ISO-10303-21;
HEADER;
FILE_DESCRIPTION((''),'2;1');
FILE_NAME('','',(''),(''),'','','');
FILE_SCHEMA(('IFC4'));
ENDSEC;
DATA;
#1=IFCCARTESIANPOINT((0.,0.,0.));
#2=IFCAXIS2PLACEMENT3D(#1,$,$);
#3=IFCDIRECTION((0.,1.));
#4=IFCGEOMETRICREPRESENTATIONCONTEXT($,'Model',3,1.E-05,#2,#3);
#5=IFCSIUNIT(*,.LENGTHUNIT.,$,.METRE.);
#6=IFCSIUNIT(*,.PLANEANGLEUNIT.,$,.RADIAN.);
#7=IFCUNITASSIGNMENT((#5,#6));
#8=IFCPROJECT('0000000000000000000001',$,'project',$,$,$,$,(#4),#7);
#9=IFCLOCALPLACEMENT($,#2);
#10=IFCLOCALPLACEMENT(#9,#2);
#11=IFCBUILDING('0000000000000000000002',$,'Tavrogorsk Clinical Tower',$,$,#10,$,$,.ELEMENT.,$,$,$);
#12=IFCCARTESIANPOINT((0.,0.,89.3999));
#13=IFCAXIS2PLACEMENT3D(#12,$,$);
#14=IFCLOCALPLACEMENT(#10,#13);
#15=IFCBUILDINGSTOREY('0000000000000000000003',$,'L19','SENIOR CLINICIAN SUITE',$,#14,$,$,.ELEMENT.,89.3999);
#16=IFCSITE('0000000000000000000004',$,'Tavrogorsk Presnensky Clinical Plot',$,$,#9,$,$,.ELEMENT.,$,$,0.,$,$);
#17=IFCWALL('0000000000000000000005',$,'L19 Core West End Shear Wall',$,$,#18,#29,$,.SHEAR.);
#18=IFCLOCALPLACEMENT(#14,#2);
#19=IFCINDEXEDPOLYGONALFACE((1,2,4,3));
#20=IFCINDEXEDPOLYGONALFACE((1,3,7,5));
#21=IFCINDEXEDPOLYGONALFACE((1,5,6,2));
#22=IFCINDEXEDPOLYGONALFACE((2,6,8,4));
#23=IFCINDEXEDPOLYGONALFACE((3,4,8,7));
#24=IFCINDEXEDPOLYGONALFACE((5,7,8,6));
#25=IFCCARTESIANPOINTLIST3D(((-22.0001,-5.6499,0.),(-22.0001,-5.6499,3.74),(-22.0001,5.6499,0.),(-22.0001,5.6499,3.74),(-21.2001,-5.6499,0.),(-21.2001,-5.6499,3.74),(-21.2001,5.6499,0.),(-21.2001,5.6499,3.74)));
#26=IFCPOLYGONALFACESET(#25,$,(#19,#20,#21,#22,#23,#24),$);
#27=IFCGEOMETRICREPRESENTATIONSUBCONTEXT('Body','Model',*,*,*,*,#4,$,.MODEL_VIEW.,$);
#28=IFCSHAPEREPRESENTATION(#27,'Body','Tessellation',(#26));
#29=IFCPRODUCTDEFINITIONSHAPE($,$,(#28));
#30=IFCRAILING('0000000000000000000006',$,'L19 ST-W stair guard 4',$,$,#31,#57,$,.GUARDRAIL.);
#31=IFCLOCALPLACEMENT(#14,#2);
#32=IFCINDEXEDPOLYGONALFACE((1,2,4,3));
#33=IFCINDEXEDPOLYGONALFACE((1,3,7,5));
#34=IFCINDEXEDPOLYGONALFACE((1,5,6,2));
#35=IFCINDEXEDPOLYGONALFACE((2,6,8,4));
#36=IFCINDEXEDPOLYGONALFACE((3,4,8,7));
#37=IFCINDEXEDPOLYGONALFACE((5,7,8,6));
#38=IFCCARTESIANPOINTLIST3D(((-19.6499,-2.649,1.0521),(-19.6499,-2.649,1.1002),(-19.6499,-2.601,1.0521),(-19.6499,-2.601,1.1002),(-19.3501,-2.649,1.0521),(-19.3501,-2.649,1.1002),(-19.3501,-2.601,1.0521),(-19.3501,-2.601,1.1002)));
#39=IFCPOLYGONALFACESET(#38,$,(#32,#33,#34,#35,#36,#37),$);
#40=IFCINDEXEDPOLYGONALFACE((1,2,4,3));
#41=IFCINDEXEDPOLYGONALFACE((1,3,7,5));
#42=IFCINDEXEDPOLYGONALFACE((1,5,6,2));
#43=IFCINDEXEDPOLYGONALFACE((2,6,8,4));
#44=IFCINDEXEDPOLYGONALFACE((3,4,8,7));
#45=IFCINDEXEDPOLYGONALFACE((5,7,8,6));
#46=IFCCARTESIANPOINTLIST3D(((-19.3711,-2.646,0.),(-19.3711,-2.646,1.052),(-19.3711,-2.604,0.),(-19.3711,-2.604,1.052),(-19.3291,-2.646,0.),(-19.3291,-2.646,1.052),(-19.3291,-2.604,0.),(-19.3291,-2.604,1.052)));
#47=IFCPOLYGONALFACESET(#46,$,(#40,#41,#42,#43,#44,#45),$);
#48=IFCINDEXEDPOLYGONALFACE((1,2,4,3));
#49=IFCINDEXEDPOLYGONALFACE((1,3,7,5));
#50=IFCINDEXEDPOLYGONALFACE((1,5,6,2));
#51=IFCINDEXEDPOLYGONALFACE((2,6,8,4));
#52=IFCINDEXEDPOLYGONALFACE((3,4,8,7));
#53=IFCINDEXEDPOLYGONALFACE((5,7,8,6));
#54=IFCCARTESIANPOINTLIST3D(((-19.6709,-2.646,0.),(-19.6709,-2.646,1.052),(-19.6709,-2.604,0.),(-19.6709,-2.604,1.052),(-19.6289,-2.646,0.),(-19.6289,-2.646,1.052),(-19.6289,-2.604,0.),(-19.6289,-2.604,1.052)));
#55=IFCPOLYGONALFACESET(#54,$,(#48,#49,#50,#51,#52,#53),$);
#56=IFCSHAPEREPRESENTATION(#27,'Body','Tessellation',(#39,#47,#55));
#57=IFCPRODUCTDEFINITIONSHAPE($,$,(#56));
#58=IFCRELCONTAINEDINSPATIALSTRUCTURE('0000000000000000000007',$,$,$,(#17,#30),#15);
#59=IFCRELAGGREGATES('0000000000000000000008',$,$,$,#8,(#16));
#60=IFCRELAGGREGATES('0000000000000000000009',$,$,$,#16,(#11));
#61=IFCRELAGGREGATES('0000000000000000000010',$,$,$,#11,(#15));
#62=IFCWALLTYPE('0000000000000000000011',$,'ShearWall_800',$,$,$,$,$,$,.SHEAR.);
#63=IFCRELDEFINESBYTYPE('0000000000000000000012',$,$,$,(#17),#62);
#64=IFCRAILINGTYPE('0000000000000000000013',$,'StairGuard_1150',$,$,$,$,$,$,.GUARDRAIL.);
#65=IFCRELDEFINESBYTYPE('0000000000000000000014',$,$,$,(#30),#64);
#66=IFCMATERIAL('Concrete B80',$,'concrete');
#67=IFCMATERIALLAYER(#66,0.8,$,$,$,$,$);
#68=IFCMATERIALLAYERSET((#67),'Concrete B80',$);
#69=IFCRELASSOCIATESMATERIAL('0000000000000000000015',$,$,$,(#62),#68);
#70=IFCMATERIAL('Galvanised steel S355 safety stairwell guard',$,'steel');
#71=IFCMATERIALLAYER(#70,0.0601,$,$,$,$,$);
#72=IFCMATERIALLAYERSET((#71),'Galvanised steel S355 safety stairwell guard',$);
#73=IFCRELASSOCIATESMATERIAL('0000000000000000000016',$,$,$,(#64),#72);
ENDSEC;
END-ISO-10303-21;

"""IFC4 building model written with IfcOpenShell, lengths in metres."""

from ifc_helpers import new_model, si_unit, direction, frame, frame_2d, origin, origin_2d, place, context, subcontext, project, spatial, rectangle, extrude, material, layer, layer_set, type_object, element, save


model = new_model("IFC4")

# Units and contexts
model_context = context("Model", 3, precision=1e-05, world=origin(), true_north=direction((0.0, 1.0)))
body_context = subcontext(model_context, "Body", "Model", "MODEL_VIEW")
ifc_project = project(units=[si_unit("LENGTHUNIT", "METRE"), si_unit("PLANEANGLEUNIT", "RADIAN")], contexts=[model_context])

# Site, building, storey
site_placement = place(None, origin())
site = spatial("IfcSite", under=ifc_project, at=site_placement, Name="Tavrogorsk Presnensky Clinical Plot", CompositionType="ELEMENT", RefElevation=0.0)
building_placement = place(site_placement, origin())
building = spatial("IfcBuilding", under=site, at=building_placement, Name="Tavrogorsk Clinical Tower", CompositionType="ELEMENT")
storey_placement = place(building_placement, frame((0.0, 0.0, 89.3999)))
storey = spatial("IfcBuildingStorey", under=building, at=storey_placement, Name="L19", Description="SENIOR CLINICIAN SUITE", CompositionType="ELEMENT", Elevation=89.3999)

# Wall
ifc_material_1 = material(Name="Concrete B80", Category="concrete")
ifc_layer_1 = layer(ifc_material_1, 0.8)
ifc_layer_set_1 = layer_set([ifc_layer_1], Name="Concrete B80")
wall_type_1 = type_object("IfcWallType", Name="ShearWall_800", PredefinedType="SHEAR", material=ifc_layer_set_1)
wall_1_placement = place(storey_placement, frame((-21.6001, -5.6499, 0.0), z_axis=(0.0, 0.0, 1.0), x_axis=(0.0, 1.0, 0.0)))
element("IfcWall", 1, at=wall_1_placement, inside=storey, type_object=wall_type_1, Name="L19 Core West End Shear Wall", PredefinedType="SHEAR", context=body_context, shape_type="SweptSolid", body=[
    extrude(rectangle(XDim=11.2998, YDim=0.8, at=frame_2d((5.6499, 0.0))), origin(), (0.0, 0.0, 1.0), 3.74),
])

# Railing
ifc_material_2 = material(Name="Galvanised steel S355 safety stairwell guard", Category="steel")
ifc_layer_2 = layer(ifc_material_2, 0.0601)
ifc_layer_set_2 = layer_set([ifc_layer_2], Name="Galvanised steel S355 safety stairwell guard")
railing_type = type_object("IfcRailingType", Name="StairGuard_1150", PredefinedType="GUARDRAIL", material=ifc_layer_set_2)
railing_placement = place(storey_placement, frame((-19.3501, -2.625, 0.0)))
element("IfcRailing", 2, at=railing_placement, inside=storey, type_object=railing_type, Name="L19 ST-W stair guard 4", PredefinedType="GUARDRAIL", context=body_context, shape_type="SweptSolid", body=[
    extrude(rectangle(XDim=0.0481, YDim=0.0481, at=origin_2d()), frame((0.0, 0.0, 1.0762), z_axis=(-1.0, 0.0, 0.0), x_axis=(0.0, -1.0, 0.0)), (0.0, 0.0, 1.0), 0.2998),
    extrude(rectangle(XDim=0.042, YDim=0.042, at=origin_2d()), origin(), (0.0, 0.0, 1.0), 1.052),
    extrude(rectangle(XDim=0.042, YDim=0.042, at=origin_2d()), frame((-0.2998, 0.0, 0.0)), (0.0, 0.0, 1.0), 1.052),
])

save(model, "model.ifc")
